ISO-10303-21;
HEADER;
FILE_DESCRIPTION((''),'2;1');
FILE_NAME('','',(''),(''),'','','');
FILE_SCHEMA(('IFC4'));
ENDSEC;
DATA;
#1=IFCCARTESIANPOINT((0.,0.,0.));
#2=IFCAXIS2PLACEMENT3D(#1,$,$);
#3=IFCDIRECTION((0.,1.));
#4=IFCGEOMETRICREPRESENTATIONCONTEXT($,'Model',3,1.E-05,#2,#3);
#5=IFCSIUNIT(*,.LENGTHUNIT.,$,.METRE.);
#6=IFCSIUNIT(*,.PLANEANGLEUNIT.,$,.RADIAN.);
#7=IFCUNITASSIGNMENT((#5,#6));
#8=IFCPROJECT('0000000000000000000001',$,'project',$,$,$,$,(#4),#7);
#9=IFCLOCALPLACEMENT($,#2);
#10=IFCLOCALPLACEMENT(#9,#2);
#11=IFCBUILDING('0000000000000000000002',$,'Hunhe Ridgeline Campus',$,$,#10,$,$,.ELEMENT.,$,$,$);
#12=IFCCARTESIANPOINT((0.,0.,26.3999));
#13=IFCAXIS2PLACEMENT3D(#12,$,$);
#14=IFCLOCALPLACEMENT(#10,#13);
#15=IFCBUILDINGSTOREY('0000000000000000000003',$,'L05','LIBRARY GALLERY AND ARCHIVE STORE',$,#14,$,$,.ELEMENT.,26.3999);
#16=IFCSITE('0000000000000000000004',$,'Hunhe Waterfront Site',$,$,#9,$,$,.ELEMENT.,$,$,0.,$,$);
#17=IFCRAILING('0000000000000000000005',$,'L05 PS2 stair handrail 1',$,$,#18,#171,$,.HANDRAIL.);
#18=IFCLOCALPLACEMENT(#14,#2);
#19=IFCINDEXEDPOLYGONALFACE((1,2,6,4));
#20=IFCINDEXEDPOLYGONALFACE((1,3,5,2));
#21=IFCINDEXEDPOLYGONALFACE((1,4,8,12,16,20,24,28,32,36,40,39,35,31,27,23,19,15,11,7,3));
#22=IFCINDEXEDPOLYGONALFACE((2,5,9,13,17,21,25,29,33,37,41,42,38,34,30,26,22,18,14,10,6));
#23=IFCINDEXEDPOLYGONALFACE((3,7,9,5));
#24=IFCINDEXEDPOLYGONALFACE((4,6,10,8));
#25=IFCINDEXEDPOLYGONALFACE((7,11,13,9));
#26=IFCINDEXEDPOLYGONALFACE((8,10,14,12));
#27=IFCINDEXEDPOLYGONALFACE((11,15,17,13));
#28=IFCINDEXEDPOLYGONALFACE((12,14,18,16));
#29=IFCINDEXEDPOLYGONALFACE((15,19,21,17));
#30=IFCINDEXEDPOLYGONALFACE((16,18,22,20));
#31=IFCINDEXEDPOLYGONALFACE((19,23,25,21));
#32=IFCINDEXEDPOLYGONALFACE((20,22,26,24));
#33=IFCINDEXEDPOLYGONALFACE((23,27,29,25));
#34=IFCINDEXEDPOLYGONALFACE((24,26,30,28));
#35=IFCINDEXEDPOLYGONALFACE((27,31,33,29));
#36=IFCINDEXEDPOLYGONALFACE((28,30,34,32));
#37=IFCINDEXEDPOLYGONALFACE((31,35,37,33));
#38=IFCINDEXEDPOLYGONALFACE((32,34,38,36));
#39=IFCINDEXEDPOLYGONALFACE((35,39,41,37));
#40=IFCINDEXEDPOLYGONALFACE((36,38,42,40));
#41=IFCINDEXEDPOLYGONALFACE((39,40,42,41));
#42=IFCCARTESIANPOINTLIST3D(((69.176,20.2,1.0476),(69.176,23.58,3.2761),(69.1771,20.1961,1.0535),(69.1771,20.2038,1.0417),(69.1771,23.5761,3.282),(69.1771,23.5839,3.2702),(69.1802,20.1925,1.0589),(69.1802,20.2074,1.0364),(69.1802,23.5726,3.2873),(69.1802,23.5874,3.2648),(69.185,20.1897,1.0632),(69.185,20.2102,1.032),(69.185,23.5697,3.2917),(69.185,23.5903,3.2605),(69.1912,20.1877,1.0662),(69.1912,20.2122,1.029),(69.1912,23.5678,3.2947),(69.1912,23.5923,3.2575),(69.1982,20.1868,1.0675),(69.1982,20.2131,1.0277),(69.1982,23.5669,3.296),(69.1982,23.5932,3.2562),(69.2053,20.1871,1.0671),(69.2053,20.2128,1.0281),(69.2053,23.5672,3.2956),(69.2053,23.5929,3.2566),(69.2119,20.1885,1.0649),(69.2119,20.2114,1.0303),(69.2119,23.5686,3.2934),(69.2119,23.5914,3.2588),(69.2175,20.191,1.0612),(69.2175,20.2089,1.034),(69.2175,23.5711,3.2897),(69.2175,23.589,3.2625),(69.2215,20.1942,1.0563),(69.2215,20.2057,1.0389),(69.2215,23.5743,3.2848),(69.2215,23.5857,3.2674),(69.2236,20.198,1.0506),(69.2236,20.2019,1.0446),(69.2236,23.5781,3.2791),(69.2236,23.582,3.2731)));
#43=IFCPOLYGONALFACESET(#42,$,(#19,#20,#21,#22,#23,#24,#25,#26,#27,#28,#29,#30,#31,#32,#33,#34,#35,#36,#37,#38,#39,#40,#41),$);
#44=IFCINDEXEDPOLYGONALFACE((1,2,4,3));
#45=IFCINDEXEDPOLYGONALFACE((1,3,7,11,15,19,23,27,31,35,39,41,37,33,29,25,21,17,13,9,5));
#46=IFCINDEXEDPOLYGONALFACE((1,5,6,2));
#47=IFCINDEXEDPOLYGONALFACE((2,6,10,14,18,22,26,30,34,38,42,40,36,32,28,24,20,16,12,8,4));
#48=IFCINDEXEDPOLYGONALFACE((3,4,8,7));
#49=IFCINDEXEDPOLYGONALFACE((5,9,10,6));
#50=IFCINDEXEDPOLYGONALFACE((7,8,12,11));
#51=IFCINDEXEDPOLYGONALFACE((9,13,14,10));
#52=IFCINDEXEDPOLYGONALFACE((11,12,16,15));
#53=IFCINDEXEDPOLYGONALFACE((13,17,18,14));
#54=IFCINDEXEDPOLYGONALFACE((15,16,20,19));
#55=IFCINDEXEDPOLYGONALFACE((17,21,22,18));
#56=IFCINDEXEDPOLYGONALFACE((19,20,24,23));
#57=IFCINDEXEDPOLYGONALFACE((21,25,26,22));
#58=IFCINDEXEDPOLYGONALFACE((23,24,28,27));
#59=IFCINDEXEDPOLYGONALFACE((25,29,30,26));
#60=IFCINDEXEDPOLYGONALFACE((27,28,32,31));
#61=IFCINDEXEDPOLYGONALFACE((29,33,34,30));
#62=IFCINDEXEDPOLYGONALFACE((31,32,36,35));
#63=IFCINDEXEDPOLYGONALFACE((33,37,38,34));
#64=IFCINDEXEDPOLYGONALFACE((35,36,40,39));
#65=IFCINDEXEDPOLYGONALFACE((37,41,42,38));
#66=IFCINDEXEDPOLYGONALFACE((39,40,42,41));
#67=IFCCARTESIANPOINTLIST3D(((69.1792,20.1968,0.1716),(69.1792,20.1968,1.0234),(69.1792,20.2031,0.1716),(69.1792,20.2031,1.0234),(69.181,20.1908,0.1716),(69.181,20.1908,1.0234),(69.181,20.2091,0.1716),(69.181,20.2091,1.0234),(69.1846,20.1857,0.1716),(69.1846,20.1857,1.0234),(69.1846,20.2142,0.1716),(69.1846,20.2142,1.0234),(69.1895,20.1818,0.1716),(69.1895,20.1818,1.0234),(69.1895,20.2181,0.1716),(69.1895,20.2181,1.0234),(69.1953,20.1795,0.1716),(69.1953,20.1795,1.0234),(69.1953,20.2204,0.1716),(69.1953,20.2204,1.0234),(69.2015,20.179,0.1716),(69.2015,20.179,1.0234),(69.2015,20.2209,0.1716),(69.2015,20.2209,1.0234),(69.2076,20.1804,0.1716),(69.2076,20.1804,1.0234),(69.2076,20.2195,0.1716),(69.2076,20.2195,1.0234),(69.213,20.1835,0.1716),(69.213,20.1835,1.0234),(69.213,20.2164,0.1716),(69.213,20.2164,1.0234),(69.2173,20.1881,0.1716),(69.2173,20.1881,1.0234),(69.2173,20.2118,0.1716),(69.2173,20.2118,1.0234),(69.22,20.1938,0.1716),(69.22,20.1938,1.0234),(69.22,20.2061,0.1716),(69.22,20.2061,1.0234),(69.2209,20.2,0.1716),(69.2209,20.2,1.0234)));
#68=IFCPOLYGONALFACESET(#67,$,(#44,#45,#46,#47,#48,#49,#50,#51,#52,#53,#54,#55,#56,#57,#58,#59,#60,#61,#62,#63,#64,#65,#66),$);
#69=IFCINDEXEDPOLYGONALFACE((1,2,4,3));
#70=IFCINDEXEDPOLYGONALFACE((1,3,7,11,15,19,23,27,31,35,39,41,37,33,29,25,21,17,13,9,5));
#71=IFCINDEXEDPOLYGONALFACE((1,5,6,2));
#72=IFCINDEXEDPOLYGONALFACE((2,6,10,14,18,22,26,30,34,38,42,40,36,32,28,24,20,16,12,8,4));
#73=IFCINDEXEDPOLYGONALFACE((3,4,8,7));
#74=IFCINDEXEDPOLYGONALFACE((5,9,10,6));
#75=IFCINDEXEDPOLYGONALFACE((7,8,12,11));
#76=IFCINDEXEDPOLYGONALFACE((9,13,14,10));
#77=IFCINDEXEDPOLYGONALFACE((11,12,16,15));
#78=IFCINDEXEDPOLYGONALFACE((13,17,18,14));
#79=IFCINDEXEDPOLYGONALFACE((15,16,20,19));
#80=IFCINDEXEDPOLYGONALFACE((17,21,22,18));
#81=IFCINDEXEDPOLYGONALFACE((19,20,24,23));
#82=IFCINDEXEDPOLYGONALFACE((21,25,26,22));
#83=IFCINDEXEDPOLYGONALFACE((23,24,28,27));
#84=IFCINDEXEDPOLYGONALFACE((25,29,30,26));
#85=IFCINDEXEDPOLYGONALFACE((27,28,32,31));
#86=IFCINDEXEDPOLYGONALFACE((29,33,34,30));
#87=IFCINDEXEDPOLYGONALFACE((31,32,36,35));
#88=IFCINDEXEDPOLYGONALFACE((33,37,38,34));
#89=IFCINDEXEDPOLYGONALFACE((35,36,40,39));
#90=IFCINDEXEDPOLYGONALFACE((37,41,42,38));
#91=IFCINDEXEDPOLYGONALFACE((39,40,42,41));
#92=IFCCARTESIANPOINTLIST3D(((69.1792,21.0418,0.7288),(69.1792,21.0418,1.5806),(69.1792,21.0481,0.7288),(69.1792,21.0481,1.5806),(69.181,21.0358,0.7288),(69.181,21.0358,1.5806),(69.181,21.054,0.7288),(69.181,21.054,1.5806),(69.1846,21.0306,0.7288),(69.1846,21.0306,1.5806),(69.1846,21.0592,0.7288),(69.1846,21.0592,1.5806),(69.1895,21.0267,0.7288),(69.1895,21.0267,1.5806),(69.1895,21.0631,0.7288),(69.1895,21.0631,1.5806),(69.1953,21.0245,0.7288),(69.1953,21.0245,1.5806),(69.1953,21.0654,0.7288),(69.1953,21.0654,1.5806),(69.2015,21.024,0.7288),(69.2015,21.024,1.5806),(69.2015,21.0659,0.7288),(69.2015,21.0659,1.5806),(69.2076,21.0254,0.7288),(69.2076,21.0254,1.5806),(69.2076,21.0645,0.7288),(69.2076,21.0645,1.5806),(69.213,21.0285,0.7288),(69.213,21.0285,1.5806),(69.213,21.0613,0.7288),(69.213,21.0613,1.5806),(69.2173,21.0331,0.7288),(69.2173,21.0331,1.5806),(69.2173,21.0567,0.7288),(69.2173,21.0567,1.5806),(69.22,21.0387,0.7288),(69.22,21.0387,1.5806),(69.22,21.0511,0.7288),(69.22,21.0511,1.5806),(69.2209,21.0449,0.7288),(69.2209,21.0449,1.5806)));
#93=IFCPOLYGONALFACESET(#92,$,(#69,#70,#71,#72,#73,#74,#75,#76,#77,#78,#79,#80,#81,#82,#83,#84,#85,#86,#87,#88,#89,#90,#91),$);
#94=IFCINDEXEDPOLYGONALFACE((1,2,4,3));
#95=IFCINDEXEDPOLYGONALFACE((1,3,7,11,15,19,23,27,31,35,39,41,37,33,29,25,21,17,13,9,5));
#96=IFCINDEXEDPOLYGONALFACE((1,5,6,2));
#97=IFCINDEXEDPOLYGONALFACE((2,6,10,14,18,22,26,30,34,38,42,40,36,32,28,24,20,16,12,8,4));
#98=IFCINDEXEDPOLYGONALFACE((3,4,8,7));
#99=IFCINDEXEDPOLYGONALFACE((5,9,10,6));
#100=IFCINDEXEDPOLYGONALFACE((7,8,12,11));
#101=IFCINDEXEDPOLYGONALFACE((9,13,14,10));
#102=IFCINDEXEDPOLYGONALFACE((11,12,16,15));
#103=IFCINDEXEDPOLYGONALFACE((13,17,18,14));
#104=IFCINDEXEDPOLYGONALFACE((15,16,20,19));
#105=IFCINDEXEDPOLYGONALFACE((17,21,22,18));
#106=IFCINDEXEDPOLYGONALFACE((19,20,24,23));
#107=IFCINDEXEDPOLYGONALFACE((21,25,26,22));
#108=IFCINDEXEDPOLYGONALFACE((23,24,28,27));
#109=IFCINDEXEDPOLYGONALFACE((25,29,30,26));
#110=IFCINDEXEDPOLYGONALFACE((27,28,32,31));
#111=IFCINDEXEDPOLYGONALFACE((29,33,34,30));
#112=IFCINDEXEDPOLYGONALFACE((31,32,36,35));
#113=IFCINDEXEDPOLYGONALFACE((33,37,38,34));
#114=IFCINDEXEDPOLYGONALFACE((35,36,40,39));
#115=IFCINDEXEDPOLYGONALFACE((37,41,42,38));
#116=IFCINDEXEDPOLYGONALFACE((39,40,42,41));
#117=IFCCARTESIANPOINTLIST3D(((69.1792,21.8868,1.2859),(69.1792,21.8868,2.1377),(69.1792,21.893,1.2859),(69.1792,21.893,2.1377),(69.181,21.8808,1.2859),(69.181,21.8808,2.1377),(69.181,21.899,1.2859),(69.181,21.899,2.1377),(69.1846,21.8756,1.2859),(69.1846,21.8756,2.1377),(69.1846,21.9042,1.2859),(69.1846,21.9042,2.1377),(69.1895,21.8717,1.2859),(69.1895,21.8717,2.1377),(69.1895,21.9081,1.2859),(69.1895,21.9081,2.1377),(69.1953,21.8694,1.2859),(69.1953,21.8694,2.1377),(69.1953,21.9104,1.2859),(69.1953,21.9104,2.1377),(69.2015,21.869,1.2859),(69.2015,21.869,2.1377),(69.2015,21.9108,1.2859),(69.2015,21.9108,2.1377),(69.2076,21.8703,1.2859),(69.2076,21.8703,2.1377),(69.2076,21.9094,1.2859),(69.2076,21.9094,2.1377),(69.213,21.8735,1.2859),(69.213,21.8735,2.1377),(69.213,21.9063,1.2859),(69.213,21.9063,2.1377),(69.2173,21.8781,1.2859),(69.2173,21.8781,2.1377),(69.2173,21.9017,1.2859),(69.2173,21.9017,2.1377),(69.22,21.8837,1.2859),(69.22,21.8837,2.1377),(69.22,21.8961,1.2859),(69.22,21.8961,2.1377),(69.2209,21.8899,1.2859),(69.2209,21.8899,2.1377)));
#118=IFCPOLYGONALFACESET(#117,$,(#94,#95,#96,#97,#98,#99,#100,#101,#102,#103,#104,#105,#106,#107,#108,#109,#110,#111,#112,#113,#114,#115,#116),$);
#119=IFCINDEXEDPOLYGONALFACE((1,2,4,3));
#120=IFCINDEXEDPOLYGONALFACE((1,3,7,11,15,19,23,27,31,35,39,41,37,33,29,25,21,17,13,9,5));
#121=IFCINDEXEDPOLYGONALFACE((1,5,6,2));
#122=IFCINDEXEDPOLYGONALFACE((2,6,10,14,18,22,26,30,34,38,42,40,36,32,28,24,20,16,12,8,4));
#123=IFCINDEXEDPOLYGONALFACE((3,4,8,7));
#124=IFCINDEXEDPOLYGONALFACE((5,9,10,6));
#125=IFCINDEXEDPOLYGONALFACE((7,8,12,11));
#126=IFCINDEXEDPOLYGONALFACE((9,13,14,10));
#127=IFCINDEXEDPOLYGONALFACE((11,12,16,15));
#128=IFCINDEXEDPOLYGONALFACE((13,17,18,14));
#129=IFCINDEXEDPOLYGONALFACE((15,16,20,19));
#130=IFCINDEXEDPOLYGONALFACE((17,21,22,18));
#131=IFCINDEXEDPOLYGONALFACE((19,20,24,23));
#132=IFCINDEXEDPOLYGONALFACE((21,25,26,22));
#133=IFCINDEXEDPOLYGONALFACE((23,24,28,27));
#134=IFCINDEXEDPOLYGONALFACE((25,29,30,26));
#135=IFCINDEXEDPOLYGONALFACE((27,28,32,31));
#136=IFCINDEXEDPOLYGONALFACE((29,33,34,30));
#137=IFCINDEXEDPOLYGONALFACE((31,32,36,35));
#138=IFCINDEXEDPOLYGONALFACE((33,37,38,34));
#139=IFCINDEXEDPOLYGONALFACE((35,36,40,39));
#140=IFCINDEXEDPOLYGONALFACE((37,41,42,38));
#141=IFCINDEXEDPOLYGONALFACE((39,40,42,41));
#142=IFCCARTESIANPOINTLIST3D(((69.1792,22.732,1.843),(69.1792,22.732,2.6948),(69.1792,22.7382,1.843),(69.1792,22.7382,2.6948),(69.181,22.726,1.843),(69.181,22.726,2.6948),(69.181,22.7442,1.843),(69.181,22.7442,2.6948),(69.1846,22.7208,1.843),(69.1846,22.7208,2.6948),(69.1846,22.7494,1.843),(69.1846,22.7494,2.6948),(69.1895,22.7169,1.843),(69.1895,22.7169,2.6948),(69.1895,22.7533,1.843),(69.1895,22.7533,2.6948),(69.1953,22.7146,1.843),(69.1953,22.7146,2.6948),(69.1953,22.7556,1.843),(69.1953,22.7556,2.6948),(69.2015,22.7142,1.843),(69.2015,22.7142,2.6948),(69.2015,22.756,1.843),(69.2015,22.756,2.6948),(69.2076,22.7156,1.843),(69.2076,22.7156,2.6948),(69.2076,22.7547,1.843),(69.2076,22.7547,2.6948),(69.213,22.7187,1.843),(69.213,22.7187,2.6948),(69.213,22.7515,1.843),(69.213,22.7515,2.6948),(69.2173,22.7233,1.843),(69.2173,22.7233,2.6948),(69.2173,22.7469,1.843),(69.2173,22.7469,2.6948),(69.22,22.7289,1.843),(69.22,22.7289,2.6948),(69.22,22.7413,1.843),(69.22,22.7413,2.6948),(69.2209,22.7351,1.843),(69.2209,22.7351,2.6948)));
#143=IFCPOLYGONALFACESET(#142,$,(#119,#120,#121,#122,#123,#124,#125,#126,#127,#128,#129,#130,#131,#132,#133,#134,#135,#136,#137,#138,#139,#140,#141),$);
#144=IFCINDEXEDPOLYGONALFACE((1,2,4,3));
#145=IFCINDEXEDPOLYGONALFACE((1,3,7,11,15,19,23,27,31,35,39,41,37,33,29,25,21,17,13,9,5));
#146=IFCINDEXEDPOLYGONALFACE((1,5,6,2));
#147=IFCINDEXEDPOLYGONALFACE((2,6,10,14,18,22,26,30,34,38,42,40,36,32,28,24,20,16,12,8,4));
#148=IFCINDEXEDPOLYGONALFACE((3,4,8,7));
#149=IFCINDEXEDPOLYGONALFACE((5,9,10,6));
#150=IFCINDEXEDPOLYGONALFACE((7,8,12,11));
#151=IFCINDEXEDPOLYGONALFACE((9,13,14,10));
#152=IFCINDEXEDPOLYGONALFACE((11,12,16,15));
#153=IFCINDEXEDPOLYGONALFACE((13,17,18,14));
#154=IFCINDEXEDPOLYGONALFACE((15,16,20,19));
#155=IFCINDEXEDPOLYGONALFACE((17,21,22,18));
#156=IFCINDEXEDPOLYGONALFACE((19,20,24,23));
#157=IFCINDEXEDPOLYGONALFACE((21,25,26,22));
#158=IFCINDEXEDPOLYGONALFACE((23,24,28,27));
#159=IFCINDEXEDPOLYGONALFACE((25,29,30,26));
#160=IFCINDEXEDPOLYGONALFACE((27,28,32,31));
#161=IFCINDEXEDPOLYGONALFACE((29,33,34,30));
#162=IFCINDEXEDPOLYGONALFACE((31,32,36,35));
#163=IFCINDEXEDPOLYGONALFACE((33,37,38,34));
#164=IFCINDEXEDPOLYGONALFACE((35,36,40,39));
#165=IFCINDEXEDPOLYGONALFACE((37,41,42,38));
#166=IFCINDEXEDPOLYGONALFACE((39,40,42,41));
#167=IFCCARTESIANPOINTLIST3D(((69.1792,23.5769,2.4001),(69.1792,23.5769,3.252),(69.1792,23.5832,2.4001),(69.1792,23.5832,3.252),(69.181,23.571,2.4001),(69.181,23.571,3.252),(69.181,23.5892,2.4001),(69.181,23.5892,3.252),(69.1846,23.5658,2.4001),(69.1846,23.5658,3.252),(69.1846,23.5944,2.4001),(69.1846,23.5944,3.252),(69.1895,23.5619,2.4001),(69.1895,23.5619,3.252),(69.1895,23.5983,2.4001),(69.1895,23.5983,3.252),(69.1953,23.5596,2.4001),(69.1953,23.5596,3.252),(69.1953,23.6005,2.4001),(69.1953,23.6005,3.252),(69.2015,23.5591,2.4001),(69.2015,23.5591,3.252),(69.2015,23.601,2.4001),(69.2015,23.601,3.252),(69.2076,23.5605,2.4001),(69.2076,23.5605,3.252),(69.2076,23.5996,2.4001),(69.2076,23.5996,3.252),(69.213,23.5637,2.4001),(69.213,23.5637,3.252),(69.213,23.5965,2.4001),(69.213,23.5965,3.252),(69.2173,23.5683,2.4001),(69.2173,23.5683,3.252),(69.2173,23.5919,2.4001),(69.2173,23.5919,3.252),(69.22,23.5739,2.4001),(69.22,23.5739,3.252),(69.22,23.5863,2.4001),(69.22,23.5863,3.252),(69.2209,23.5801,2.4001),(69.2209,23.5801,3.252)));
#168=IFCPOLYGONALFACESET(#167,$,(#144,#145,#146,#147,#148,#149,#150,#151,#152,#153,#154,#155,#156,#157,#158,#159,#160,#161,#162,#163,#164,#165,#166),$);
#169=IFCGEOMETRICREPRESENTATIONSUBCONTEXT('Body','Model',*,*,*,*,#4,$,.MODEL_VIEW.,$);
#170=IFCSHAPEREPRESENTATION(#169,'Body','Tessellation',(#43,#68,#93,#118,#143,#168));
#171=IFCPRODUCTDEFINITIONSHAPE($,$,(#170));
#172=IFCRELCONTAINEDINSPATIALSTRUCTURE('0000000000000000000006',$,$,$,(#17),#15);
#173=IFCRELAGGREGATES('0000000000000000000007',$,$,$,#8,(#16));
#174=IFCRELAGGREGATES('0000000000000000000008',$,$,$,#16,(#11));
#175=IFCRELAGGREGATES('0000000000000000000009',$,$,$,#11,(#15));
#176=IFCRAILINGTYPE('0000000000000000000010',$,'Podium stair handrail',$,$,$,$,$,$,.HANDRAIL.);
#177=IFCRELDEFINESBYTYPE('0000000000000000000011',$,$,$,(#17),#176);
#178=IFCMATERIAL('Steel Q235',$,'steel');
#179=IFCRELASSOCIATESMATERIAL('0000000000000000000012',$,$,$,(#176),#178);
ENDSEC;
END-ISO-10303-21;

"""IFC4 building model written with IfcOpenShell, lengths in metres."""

from ifc_helpers import new_model, si_unit, direction, frame, origin, origin_2d, place, context, subcontext, project, spatial, circle, extrude, material, type_object, element, save


model = new_model("IFC4")

# Units and contexts
model_context = context("Model", 3, precision=1e-05, world=origin(), true_north=direction((0.0, 1.0)))
body_context = subcontext(model_context, "Body", "Model", "MODEL_VIEW")
ifc_project = project(units=[si_unit("LENGTHUNIT", "METRE"), si_unit("PLANEANGLEUNIT", "RADIAN")], contexts=[model_context])

# Site, building, storey
site_placement = place(None, origin())
site = spatial("IfcSite", under=ifc_project, at=site_placement, Name="Hunhe Waterfront Site", CompositionType="ELEMENT", RefElevation=0.0)
building_placement = place(site_placement, origin())
building = spatial("IfcBuilding", under=site, at=building_placement, Name="Hunhe Ridgeline Campus", CompositionType="ELEMENT")
storey_placement = place(building_placement, frame((0.0, 0.0, 26.3999)))
storey = spatial("IfcBuildingStorey", under=building, at=storey_placement, Name="L05", Description="LIBRARY GALLERY AND ARCHIVE STORE", CompositionType="ELEMENT", Elevation=26.3999)

# Shared definitions
ifc_material_1 = material(Name="Steel Q235", Category="steel")

# Railing
railing_type_1 = type_object("IfcRailingType", Name="Podium stair handrail", PredefinedType="HANDRAIL", material=ifc_material_1)
railing_1_placement = place(storey_placement, frame((69.2, 20.2, 0.1716)))
element("IfcRailing", 1, at=railing_1_placement, inside=storey, type_object=railing_type_1, Name="L05 PS2 stair handrail 1", PredefinedType="HANDRAIL", context=body_context, shape_type="SweptSolid", body=[
    extrude(circle(Radius=0.0239, at=origin_2d()), frame((0.0, 0.0, 0.876), z_axis=(0.0, 0.834878, 0.550435), x_axis=(-1.0, 0.0, 0.0)), (0.0, 0.0, 1.0), 4.0486),
    extrude(circle(Radius=0.021, at=origin_2d()), origin(), (0.0, 0.0, 1.0), 0.8518),
    extrude(circle(Radius=0.021, at=origin_2d()), frame((0.0, 0.845, 0.5571)), (0.0, 0.0, 1.0), 0.8518),
    extrude(circle(Radius=0.021, at=origin_2d()), frame((0.0, 1.6899, 1.1143)), (0.0, 0.0, 1.0), 0.8518),
    extrude(circle(Radius=0.021, at=origin_2d()), frame((0.0, 2.5352, 1.6714)), (0.0, 0.0, 1.0), 0.8518),
    extrude(circle(Radius=0.021, at=origin_2d()), frame((0.0, 3.3801, 2.2285)), (0.0, 0.0, 1.0), 0.8518),
])

save(model, "model.ifc")
